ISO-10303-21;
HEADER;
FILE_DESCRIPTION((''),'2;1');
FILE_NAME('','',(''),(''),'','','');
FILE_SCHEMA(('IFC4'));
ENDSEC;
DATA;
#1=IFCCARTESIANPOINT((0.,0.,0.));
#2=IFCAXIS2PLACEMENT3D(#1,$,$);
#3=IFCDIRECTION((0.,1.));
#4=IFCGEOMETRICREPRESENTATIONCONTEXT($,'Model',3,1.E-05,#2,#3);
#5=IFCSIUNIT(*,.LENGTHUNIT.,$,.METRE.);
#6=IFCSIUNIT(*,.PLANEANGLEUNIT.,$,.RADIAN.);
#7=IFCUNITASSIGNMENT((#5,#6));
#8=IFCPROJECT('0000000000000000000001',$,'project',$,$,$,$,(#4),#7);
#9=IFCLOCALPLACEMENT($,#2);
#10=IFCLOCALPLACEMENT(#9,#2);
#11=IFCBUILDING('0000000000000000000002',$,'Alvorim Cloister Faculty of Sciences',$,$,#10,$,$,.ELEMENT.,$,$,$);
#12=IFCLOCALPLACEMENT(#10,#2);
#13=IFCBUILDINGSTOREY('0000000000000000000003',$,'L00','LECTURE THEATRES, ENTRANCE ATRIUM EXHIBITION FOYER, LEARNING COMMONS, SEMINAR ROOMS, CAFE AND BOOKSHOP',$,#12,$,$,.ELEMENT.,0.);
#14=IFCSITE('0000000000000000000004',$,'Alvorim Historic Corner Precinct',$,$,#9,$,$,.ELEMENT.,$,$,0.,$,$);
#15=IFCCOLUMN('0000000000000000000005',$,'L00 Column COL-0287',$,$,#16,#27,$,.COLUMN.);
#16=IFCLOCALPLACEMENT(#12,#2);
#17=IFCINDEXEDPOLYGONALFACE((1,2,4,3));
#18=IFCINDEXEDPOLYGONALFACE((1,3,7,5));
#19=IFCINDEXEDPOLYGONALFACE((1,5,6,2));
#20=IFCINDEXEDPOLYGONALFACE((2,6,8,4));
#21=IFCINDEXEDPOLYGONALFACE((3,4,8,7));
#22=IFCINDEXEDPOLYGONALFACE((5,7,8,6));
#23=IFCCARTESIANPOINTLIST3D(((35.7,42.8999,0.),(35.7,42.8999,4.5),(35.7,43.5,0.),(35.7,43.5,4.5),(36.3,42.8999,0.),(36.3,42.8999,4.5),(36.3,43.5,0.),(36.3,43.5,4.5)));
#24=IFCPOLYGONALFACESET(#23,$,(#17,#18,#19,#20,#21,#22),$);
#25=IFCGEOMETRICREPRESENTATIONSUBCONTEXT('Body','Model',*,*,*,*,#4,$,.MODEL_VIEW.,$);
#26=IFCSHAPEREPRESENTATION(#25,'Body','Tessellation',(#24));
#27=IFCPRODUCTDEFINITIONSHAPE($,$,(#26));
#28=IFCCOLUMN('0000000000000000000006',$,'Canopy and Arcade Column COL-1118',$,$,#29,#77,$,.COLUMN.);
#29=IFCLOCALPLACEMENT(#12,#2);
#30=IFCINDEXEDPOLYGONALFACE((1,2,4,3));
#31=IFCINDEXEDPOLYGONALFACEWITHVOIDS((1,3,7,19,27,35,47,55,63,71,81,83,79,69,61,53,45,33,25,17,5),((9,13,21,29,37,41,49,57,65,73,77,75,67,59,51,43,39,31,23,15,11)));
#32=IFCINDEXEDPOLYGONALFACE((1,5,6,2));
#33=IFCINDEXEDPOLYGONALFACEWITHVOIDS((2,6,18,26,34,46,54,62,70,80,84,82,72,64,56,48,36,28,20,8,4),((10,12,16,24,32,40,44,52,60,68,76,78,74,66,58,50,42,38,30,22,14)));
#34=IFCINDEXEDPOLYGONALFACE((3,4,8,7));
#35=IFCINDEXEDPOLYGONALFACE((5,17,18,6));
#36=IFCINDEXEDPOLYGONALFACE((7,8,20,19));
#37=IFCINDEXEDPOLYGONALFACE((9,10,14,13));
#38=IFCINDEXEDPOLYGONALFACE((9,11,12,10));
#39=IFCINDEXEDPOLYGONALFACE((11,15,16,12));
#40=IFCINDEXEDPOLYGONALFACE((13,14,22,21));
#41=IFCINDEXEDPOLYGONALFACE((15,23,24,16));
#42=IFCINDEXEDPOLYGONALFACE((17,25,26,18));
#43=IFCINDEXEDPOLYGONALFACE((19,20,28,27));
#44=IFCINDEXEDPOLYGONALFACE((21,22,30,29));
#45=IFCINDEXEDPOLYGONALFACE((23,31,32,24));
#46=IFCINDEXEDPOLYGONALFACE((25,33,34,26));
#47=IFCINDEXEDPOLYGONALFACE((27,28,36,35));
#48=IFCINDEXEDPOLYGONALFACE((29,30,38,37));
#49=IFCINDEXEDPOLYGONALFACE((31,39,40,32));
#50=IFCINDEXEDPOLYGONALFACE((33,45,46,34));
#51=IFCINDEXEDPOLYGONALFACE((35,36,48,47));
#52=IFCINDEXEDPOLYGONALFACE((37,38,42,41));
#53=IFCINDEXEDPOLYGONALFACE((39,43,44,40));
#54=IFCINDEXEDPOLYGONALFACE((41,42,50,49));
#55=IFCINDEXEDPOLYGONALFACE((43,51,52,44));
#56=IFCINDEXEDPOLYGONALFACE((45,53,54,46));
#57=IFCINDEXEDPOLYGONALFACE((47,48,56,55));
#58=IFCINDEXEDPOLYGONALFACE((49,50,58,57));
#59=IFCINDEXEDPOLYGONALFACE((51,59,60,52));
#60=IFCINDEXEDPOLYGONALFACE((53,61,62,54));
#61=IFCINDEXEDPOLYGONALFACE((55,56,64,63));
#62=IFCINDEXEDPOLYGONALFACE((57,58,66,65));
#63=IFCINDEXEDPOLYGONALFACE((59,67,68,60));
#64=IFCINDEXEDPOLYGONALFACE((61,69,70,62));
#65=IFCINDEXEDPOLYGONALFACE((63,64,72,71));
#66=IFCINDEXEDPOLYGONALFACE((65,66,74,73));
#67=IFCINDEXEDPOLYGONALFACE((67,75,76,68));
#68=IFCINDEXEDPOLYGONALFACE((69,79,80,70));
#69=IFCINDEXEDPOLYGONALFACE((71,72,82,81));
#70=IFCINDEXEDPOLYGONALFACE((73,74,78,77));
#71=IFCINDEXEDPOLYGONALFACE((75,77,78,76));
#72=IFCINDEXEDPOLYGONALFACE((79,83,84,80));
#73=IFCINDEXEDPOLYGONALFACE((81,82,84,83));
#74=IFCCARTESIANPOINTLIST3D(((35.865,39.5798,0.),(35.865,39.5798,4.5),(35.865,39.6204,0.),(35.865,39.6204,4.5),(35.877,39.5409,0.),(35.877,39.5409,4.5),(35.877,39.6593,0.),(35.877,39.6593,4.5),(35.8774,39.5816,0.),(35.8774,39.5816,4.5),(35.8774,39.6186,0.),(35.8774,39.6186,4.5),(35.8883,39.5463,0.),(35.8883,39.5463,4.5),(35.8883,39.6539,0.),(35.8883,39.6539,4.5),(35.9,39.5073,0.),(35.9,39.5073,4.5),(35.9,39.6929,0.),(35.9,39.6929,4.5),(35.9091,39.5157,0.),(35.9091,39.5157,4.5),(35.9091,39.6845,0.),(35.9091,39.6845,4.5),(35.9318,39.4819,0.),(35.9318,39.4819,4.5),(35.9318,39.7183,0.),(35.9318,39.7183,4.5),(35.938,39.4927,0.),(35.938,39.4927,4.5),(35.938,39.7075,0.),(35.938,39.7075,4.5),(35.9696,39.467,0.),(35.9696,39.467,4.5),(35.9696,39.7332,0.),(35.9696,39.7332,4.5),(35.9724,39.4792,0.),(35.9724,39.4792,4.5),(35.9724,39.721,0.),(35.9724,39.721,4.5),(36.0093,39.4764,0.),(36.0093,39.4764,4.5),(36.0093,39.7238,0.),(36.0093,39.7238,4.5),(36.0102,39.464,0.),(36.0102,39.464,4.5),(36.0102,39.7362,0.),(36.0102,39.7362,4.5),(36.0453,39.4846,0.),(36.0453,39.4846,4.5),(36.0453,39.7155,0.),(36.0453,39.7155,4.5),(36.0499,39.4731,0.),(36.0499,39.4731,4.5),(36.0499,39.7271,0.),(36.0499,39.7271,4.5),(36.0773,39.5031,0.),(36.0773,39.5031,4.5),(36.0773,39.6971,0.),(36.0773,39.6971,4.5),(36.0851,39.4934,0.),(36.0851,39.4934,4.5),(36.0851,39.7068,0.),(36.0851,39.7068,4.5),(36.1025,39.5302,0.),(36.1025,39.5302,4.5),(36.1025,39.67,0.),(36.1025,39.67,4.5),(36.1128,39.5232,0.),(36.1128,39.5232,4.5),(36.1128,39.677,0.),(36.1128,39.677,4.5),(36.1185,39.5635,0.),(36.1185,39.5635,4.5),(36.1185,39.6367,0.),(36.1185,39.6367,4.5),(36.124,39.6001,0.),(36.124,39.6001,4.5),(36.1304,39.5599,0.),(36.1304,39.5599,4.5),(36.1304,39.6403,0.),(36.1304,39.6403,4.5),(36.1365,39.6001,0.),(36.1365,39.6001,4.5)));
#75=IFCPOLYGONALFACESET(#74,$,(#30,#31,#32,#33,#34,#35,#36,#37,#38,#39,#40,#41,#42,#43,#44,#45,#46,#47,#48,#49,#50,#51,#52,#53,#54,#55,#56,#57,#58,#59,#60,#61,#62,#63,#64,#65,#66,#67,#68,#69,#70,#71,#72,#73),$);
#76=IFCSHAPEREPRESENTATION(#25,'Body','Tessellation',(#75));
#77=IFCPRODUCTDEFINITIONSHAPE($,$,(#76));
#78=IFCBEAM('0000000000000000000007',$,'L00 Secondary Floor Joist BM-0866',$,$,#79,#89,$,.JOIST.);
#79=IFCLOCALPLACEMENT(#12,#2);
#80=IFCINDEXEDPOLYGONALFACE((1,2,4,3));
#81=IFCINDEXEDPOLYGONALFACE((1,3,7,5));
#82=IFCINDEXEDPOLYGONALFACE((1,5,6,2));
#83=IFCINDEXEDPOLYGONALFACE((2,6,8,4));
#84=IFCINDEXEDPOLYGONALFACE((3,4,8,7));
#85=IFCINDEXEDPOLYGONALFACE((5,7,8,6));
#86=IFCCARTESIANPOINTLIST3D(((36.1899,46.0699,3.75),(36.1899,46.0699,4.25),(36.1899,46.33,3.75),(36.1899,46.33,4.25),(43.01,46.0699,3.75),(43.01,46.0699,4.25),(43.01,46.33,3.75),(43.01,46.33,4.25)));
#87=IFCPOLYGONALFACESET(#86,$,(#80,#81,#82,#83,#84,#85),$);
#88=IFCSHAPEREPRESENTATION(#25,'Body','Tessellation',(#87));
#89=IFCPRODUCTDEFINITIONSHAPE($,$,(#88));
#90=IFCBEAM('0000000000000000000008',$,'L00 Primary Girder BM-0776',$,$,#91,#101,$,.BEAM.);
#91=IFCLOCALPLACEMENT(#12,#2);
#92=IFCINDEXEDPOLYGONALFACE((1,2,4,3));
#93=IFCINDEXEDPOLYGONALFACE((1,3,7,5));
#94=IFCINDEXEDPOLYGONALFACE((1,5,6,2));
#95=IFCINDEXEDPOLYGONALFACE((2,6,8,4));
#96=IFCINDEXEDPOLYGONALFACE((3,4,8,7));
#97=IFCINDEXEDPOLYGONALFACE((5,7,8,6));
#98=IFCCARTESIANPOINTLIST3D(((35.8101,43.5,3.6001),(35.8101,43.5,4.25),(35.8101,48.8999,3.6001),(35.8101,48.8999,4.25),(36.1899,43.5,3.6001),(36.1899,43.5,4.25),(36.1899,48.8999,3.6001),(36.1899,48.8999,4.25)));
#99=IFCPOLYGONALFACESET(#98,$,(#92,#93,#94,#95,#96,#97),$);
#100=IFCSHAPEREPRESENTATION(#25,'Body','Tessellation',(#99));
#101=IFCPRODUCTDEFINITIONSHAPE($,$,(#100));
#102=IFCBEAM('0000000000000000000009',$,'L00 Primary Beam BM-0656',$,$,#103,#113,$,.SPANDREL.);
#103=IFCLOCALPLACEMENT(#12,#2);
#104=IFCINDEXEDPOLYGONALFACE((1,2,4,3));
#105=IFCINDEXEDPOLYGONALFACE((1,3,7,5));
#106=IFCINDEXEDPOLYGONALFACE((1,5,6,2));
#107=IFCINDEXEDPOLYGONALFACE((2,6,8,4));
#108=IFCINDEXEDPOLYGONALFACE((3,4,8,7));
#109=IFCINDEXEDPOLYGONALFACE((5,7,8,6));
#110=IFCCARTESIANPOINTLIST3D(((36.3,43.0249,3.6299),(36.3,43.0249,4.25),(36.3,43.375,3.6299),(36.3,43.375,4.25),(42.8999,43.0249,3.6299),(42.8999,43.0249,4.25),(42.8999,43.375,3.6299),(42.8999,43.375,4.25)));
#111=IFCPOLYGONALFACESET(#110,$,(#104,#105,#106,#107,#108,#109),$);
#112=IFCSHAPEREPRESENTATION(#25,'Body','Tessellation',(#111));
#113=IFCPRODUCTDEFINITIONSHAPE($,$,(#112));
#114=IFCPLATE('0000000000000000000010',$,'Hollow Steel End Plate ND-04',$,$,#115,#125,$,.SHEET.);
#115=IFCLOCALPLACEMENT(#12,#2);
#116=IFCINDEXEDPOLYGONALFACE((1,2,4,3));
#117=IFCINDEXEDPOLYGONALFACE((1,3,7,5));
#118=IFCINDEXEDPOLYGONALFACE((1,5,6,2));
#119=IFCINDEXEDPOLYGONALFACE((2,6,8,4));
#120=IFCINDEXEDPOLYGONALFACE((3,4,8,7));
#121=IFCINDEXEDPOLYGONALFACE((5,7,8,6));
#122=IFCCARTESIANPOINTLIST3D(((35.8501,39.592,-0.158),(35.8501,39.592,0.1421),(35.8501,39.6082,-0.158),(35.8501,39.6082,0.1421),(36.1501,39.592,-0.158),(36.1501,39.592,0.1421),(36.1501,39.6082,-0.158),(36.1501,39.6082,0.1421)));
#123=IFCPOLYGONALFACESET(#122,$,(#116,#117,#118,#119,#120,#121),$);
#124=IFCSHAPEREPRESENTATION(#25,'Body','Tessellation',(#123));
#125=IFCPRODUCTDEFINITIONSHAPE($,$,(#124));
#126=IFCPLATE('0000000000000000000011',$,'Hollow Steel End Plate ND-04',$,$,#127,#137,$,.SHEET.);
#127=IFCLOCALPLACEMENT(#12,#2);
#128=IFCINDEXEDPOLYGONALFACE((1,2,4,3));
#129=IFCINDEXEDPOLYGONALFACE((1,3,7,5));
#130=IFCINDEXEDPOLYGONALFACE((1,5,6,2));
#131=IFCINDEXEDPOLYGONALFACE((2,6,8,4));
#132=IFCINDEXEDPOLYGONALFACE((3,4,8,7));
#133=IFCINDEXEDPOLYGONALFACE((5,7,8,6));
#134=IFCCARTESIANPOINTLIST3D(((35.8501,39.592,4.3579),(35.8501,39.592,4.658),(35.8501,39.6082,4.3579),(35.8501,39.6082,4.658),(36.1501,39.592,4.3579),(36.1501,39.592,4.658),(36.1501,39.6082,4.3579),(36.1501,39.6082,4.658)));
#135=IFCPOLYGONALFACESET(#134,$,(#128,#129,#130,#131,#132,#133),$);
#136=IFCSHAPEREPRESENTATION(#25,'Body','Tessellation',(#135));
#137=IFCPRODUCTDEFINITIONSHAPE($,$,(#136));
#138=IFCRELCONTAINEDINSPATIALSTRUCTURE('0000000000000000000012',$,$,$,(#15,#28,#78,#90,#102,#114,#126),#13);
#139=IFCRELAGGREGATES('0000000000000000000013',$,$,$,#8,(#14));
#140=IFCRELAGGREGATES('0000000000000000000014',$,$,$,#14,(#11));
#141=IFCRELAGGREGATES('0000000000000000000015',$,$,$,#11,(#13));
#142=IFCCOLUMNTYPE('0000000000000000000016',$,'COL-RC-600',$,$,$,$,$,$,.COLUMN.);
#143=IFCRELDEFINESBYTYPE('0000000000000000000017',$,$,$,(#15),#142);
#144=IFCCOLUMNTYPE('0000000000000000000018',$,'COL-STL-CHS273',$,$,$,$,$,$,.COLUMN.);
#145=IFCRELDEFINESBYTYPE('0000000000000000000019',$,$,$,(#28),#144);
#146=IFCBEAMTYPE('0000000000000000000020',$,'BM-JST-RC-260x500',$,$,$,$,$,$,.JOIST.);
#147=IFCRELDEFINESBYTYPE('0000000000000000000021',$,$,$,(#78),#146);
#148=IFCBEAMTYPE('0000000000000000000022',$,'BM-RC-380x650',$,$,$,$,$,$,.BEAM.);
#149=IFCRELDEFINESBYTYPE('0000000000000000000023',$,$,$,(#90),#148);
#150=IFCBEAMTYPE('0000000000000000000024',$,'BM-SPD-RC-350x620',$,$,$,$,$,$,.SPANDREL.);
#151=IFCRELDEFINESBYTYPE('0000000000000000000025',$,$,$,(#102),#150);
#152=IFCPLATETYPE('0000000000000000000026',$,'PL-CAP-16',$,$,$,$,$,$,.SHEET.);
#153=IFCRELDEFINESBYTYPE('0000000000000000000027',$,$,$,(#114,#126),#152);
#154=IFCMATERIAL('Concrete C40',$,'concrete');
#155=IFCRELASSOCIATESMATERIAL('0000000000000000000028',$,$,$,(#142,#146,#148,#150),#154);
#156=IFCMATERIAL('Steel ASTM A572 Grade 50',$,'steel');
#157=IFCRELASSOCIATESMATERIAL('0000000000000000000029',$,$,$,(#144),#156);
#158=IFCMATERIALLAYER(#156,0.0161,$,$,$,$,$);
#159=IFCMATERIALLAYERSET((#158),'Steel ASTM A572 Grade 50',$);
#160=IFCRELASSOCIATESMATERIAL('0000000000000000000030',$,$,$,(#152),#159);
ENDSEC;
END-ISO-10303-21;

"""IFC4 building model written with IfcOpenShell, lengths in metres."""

from ifc_helpers import new_model, si_unit, direction, frame, origin, origin_2d, place, context, subcontext, project, spatial, polyline, rectangle, hollow_circle, outline, extrude, material, layer, layer_set, material_profile, profile_set, type_object, element, save


model = new_model("IFC4")

# Units and contexts
model_context = context("Model", 3, precision=1e-05, world=origin(), true_north=direction((0.0, 1.0)))
body_context = subcontext(model_context, "Body", "Model", "MODEL_VIEW")
ifc_project = project(units=[si_unit("LENGTHUNIT", "METRE"), si_unit("PLANEANGLEUNIT", "RADIAN")], contexts=[model_context])

# Site, building, storey
site_placement = place(None, origin())
site = spatial("IfcSite", under=ifc_project, at=site_placement, Name="Alvorim Historic Corner Precinct", CompositionType="ELEMENT", RefElevation=0.0)
building_placement = place(site_placement, origin())
building = spatial("IfcBuilding", under=site, at=building_placement, Name="Alvorim Cloister Faculty of Sciences", CompositionType="ELEMENT")
storey_placement = place(building_placement, origin())
storey = spatial("IfcBuildingStorey", under=building, at=storey_placement, Name="L00", Description="LECTURE THEATRES, ENTRANCE ATRIUM EXHIBITION FOYER, LEARNING COMMONS, SEMINAR ROOMS, CAFE AND BOOKSHOP", CompositionType="ELEMENT", Elevation=0.0)

# Columns
ifc_material_1 = material(Name="Concrete C40", Category="concrete")
ifc_material_profile_1 = material_profile(ifc_material_1, rectangle(XDim=0.6001, YDim=0.6001, at=origin_2d()), Name="RC40-COL-600x600")
ifc_profile_set_1 = profile_set([ifc_material_profile_1], Name="Concrete C40")
column_type_1 = type_object("IfcColumnType", Name="COL-RC-600", PredefinedType="COLUMN", material=ifc_profile_set_1)
column_1_placement = place(storey_placement, frame((36.0, 43.2, 0.0), z_axis=(0.0, 0.0, 1.0), x_axis=(1.0, 0.0, 0.0)))
element("IfcColumn", 1, at=column_1_placement, inside=storey, type_object=column_type_1, Name="L00 Column COL-0287", PredefinedType="COLUMN", context=body_context, shape_type="SweptSolid", body=[
    extrude(rectangle(XDim=0.6001, YDim=0.6001, at=origin_2d()), origin(), (0.0, 0.0, 1.0), 4.5),
])
ifc_material_2 = material(Name="Steel ASTM A572 Grade 50", Category="steel")
ifc_material_profile_2 = material_profile(ifc_material_2, hollow_circle(Radius=0.1365, WallThickness=0.0125, at=origin_2d()), Name="CHS273x12.5")
ifc_profile_set_2 = profile_set([ifc_material_profile_2], Name="Steel ASTM A572 Grade 50")
column_type_2 = type_object("IfcColumnType", Name="COL-STL-CHS273", PredefinedType="COLUMN", material=ifc_profile_set_2)
column_2_placement = place(storey_placement, frame((36.0, 39.6001, 0.0), z_axis=(0.0, 0.0, 1.0), x_axis=(1.0, 0.0, 0.0)))
element("IfcColumn", 2, at=column_2_placement, inside=storey, type_object=column_type_2, Name="Canopy and Arcade Column COL-1118", PredefinedType="COLUMN", context=body_context, shape_type="SweptSolid", body=[
    extrude(hollow_circle(Radius=0.1365, WallThickness=0.0125, at=origin_2d()), origin(), (0.0, 0.0, 1.0), 4.5),
])

# Beams
ifc_material_profile_3 = material_profile(ifc_material_1, rectangle(XDim=0.26, YDim=0.5, at=origin_2d()), Name="RC40-JST-260x500")
ifc_profile_set_3 = profile_set([ifc_material_profile_3], Name="Concrete C40")
beam_type_1 = type_object("IfcBeamType", Name="BM-JST-RC-260x500", PredefinedType="JOIST", material=ifc_profile_set_3)
beam_1_placement = place(storey_placement, frame((36.1899, 46.2, 4.0), z_axis=(1.0, 0.0, 0.0), x_axis=(0.0, 1.0, 0.0)))
element("IfcBeam", 3, at=beam_1_placement, inside=storey, type_object=beam_type_1, Name="L00 Secondary Floor Joist BM-0866", PredefinedType="JOIST", context=body_context, shape_type="SweptSolid", body=[
    extrude(rectangle(XDim=0.26, YDim=0.5, at=origin_2d()), origin(), (0.0, 0.0, 1.0), 6.8201),
])
ifc_material_profile_4 = material_profile(ifc_material_1, rectangle(XDim=0.3799, YDim=0.6499, at=origin_2d()), Name="RC40-BM-380x650")
ifc_profile_set_4 = profile_set([ifc_material_profile_4], Name="Concrete C40")
beam_type_2 = type_object("IfcBeamType", Name="BM-RC-380x650", PredefinedType="BEAM", material=ifc_profile_set_4)
beam_2_placement = place(storey_placement, frame((36.0, 43.5, 3.925), z_axis=(0.0, 1.0, 0.0), x_axis=(-1.0, 0.0, 0.0)))
element("IfcBeam", 4, at=beam_2_placement, inside=storey, type_object=beam_type_2, Name="L00 Primary Girder BM-0776", PredefinedType="BEAM", context=body_context, shape_type="SweptSolid", body=[
    extrude(rectangle(XDim=0.3799, YDim=0.6499, at=origin_2d()), origin(), (0.0, 0.0, 1.0), 5.3999),
])
ifc_material_profile_5 = material_profile(ifc_material_1, rectangle(XDim=0.3501, YDim=0.6201, at=origin_2d()), Name="RC40-SPD-350x620")
ifc_profile_set_5 = profile_set([ifc_material_profile_5], Name="Concrete C40")
beam_type_3 = type_object("IfcBeamType", Name="BM-SPD-RC-350x620", PredefinedType="SPANDREL", material=ifc_profile_set_5)
beam_3_placement = place(storey_placement, frame((36.3, 43.2, 3.9399), z_axis=(1.0, 0.0, 0.0), x_axis=(0.0, 1.0, 0.0)))
element("IfcBeam", 5, at=beam_3_placement, inside=storey, type_object=beam_type_3, Name="L00 Primary Beam BM-0656", PredefinedType="SPANDREL", context=body_context, shape_type="SweptSolid", body=[
    extrude(rectangle(XDim=0.3501, YDim=0.6201, at=origin_2d()), origin(), (0.0, 0.0, 1.0), 6.5999),
])

# Plates
ifc_layer_1 = layer(ifc_material_2, 0.0161)
ifc_layer_set_1 = layer_set([ifc_layer_1], Name="Steel ASTM A572 Grade 50")
plate_type = type_object("IfcPlateType", Name="PL-CAP-16", PredefinedType="SHEET", material=ifc_layer_set_1)
for number, where, z_axis, x_axis, name in (
    (6, (35.8501, 39.6001, -0.158), (0.0, 0.0, 1.0), (1.0, 0.0, 0.0), "Hollow Steel End Plate ND-04"),
    (7, (35.8501, 39.6001, 4.3579), (0.0, 0.0, 1.0), (1.0, 0.0, 0.0), "Hollow Steel End Plate ND-04"),
):
    element("IfcPlate", number, at=place(storey_placement, frame(where, z_axis=z_axis, x_axis=x_axis)), inside=storey, type_object=plate_type, Name=name, PredefinedType="SHEET", context=body_context, shape_type="SweptSolid", body=[
        extrude(outline(polyline([(0.0, 0.0), (0.3, 0.0), (0.3, 0.3), (0.0, 0.3), (0.0, 0.0)])), frame((0.0, 0.0081, 0.0), z_axis=(0.0, -1.0, 0.0), x_axis=(1.0, 0.0, 0.0)), (0.0, 0.0, 1.0), 0.0161),
    ])

save(model, "model.ifc")
